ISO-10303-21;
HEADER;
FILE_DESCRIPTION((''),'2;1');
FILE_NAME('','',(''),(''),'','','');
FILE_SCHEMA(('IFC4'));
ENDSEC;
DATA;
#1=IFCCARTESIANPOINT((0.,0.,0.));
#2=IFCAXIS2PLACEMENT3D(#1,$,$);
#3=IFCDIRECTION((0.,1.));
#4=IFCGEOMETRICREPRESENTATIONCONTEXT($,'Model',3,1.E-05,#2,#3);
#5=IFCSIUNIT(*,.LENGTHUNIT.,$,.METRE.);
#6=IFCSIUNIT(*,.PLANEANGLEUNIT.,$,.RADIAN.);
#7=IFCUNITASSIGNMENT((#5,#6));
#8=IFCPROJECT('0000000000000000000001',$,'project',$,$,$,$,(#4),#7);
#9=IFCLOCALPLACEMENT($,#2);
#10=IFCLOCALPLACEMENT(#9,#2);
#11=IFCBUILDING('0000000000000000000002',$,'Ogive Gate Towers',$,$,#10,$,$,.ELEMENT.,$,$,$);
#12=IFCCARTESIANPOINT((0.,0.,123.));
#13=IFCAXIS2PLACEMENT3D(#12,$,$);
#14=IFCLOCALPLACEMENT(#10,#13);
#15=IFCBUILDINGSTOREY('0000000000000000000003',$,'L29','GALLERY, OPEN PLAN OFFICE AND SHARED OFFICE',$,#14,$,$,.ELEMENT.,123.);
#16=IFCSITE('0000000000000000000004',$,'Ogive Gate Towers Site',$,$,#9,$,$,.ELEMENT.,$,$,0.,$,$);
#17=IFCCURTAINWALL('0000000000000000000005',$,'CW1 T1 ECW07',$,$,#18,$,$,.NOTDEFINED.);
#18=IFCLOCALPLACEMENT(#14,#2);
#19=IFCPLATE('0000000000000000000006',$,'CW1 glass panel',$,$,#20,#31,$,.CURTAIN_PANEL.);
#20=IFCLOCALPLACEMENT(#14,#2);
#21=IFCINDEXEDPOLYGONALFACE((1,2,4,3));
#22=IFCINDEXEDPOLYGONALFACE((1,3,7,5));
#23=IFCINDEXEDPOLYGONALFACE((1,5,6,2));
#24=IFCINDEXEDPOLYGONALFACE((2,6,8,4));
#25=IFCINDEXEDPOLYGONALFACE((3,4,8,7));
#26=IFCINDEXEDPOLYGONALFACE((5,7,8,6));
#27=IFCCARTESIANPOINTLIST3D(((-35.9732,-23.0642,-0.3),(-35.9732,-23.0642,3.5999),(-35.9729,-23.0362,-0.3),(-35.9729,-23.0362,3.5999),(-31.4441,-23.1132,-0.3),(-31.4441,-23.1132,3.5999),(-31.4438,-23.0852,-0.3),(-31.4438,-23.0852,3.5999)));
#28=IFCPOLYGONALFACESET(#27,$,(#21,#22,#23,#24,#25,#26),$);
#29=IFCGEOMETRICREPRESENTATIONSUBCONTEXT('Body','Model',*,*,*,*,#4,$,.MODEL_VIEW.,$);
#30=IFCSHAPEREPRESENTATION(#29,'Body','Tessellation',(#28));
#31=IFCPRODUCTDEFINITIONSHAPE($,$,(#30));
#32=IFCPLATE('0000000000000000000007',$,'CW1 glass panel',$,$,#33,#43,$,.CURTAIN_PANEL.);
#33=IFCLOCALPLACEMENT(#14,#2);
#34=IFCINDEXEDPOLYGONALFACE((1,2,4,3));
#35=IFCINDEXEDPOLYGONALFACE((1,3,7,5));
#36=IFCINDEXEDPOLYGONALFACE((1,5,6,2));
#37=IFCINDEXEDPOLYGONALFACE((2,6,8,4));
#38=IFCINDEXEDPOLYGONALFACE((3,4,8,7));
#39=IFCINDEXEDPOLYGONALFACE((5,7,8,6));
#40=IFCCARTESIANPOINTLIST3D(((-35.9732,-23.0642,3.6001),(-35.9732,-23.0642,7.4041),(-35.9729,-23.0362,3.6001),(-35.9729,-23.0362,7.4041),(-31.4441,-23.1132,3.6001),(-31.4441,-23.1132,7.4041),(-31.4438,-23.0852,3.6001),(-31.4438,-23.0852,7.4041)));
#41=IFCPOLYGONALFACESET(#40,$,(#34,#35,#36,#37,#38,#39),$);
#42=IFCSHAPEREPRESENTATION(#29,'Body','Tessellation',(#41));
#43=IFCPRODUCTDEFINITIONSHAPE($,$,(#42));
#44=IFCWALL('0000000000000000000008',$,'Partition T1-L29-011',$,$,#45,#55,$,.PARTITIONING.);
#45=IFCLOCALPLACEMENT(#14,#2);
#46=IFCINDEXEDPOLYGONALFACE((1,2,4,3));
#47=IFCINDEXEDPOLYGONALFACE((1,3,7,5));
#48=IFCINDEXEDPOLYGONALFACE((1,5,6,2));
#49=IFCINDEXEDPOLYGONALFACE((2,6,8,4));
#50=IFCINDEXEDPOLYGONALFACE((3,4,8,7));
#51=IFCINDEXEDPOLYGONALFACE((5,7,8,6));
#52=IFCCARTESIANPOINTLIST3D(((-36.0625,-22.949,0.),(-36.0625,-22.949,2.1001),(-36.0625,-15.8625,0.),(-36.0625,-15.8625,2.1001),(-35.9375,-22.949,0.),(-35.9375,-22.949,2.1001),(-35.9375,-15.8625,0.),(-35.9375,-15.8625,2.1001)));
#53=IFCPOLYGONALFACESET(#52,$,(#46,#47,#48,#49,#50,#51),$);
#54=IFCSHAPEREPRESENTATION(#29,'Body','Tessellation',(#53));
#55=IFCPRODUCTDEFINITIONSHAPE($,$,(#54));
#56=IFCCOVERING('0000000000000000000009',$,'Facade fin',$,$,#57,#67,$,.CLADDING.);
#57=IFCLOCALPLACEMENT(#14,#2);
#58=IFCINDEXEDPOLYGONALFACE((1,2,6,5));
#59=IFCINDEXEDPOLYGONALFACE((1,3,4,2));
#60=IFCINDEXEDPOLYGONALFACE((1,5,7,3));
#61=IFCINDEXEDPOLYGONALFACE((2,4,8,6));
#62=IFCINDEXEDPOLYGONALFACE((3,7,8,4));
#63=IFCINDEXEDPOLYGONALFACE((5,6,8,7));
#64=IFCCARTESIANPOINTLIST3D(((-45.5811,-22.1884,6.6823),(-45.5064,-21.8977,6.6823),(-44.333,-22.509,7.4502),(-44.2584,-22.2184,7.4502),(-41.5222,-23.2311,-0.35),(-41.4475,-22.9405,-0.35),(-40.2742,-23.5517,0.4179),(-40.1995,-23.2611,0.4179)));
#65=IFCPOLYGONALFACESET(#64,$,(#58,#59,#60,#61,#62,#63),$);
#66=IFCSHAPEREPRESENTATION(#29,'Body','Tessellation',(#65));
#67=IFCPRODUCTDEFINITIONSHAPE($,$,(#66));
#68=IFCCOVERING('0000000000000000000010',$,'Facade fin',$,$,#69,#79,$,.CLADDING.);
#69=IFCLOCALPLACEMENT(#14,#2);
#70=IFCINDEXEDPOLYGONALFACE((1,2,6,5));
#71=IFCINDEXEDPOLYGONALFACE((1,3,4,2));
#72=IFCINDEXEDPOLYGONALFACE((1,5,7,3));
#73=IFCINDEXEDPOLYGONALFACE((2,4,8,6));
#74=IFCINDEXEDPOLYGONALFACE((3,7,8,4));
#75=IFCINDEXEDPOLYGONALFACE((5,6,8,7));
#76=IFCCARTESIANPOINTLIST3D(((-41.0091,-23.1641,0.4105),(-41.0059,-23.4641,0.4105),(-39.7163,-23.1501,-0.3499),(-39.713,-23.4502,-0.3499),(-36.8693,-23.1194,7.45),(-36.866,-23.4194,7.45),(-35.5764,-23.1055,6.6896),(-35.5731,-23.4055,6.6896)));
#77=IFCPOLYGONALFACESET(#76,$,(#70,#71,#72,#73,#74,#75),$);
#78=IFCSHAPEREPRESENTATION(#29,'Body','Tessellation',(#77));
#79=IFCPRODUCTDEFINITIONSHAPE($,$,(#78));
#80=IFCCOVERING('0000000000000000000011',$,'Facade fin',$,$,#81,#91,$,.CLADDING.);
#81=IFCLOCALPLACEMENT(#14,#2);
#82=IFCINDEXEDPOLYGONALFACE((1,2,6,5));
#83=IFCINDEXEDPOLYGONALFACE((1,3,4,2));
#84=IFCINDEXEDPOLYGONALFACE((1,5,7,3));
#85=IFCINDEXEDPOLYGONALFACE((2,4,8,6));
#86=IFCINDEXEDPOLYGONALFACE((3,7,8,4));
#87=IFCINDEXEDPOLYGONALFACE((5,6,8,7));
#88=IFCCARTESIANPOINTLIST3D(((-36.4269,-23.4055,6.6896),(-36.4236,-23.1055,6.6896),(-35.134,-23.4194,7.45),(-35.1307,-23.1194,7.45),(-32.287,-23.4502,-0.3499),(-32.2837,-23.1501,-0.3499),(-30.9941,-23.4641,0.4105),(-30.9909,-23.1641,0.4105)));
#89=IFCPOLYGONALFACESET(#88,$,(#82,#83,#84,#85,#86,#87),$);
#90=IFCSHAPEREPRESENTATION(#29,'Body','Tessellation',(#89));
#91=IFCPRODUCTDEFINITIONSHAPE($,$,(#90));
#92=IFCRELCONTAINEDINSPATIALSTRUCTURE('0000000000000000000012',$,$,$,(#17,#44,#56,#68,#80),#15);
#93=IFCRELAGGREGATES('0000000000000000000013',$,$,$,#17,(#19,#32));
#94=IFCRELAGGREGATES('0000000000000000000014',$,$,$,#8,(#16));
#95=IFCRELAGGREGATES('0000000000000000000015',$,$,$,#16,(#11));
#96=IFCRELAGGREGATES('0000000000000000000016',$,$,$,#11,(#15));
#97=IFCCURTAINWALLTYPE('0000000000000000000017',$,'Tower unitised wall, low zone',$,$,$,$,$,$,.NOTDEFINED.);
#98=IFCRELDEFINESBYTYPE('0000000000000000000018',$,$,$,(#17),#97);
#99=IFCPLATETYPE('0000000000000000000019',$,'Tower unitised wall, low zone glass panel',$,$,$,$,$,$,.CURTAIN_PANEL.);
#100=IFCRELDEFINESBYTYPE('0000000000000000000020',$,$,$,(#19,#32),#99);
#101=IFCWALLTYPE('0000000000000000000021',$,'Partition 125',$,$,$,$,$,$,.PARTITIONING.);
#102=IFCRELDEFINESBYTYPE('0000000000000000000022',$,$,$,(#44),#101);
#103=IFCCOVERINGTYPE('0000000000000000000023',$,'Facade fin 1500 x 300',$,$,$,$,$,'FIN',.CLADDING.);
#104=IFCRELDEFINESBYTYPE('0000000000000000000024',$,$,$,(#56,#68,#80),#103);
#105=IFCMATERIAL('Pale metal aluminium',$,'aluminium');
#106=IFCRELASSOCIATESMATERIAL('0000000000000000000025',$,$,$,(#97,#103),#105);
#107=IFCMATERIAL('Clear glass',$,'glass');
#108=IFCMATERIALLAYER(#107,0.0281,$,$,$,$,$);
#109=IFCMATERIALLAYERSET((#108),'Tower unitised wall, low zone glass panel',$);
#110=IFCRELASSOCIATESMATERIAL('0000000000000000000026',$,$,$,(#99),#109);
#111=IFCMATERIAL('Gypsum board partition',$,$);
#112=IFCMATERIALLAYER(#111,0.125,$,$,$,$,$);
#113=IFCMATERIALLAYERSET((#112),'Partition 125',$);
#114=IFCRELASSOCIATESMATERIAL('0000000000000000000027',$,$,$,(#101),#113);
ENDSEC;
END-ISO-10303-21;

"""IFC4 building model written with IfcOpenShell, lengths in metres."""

from ifc_helpers import new_model, si_unit, direction, frame, frame_2d, origin, origin_2d, place, context, subcontext, project, spatial, rectangle, extrude, material, layer, layer_set, material_profile, profile_set, type_object, element, aggregate, save


model = new_model("IFC4")

# Units and contexts
model_context = context("Model", 3, precision=1e-05, world=origin(), true_north=direction((0.0, 1.0)))
body_context = subcontext(model_context, "Body", "Model", "MODEL_VIEW")
ifc_project = project(units=[si_unit("LENGTHUNIT", "METRE"), si_unit("PLANEANGLEUNIT", "RADIAN")], contexts=[model_context])

# Site, building, storey
site_placement = place(None, origin())
site = spatial("IfcSite", under=ifc_project, at=site_placement, Name="Ogive Gate Towers Site", CompositionType="ELEMENT", RefElevation=0.0)
building_placement = place(site_placement, origin())
building = spatial("IfcBuilding", under=site, at=building_placement, Name="Ogive Gate Towers", CompositionType="ELEMENT")
storey_placement = place(building_placement, frame((0.0, 0.0, 123.0)))
storey = spatial("IfcBuildingStorey", under=building, at=storey_placement, Name="L29", Description="GALLERY, OPEN PLAN OFFICE AND SHARED OFFICE", CompositionType="ELEMENT", Elevation=123.0)

# Shared definitions
ifc_material_1 = material(Name="Pale metal aluminium", Category="aluminium")
curtain_wall_type = type_object("IfcCurtainWallType", Name="Tower unitised wall, low zone", PredefinedType="NOTDEFINED", material=ifc_material_1)

# Curtain wall
curtain_wall_1_placement = place(storey_placement, origin())
curtain_wall_1 = element("IfcCurtainWall", 1, at=curtain_wall_1_placement, inside=storey, type_object=curtain_wall_type, Name="CW1 T1 ECW07", PredefinedType="NOTDEFINED")

# Plates
ifc_material_2 = material(Name="Clear glass", Category="glass")
ifc_layer_1 = layer(ifc_material_2, 0.0281)
ifc_layer_set_1 = layer_set([ifc_layer_1], Name="Tower unitised wall, low zone glass panel")
plate_type = type_object("IfcPlateType", Name="Tower unitised wall, low zone glass panel", PredefinedType="CURTAIN_PANEL", material=ifc_layer_set_1)
plate_1_placement = place(storey_placement, frame((-33.7085, -23.0747, -0.3), z_axis=(0.0, 0.0, 1.0), x_axis=(0.999941, -0.010821, 0.0)))
plate_1 = element("IfcPlate", 2, at=plate_1_placement, type_object=plate_type, Name="CW1 glass panel", PredefinedType="CURTAIN_PANEL", context=body_context, shape_type="SweptSolid", body=[
    extrude(rectangle(XDim=4.5293, YDim=0.0281, at=origin_2d()), origin(), (0.0, 0.0, 1.0), 3.8999),
])
plate_2_placement = place(storey_placement, frame((-33.7085, -23.0747, 3.6001), z_axis=(0.0, 0.0, 1.0), x_axis=(0.999941, -0.010821, 0.0)))
plate_2 = element("IfcPlate", 3, at=plate_2_placement, type_object=plate_type, Name="CW1 glass panel", PredefinedType="CURTAIN_PANEL", context=body_context, shape_type="SweptSolid", body=[
    extrude(rectangle(XDim=4.5293, YDim=0.0281, at=origin_2d()), origin(), (0.0, 0.0, 1.0), 3.804),
])
aggregate(curtain_wall_1, [plate_1, plate_2])

# Wall
ifc_material_3 = material(Name="Gypsum board partition")
ifc_layer_2 = layer(ifc_material_3, 0.125)
ifc_layer_set_2 = layer_set([ifc_layer_2], Name="Partition 125")
wall_type = type_object("IfcWallType", Name="Partition 125", PredefinedType="PARTITIONING", material=ifc_layer_set_2)
wall_placement = place(storey_placement, frame((-36.0, -22.949, 0.0), z_axis=(0.0, 0.0, 1.0), x_axis=(0.0, 1.0, 0.0)))
element("IfcWall", 4, at=wall_placement, inside=storey, type_object=wall_type, Name="Partition T1-L29-011", PredefinedType="PARTITIONING", context=body_context, shape_type="SweptSolid", body=[
    extrude(rectangle(XDim=7.0864, YDim=0.125, at=frame_2d((3.5432, 0.0))), origin(), (0.0, 0.0, 1.0), 2.1001),
])

# Coverings
ifc_material_profile_1 = material_profile(ifc_material_1, rectangle(XDim=0.3, YDim=1.5, at=origin_2d()), Name="1500 x 300 pale metal aluminium")
ifc_profile_set_1 = profile_set([ifc_material_profile_1], Name="Pale metal aluminium")
covering_type = type_object("IfcCoveringType", Name="Facade fin 1500 x 300", ElementType="FIN", PredefinedType="CLADDING", material=ifc_profile_set_1)
covering_placement = place(storey_placement, frame((-40.8608, -23.2461, 0.0339), z_axis=(-0.495815, 0.127376, 0.859036), x_axis=(-0.248822, -0.968549, 0.0)))
element("IfcCovering", 5, at=covering_placement, inside=storey, type_object=covering_type, Name="Facade fin", PredefinedType="CLADDING", context=body_context, shape_type="SweptSolid", body=[
    extrude(rectangle(XDim=0.3, YDim=1.5, at=origin_2d()), origin(), (0.0, 0.0, 1.0), 8.1863),
])
for number, where, z_axis, x_axis, name in (
    (6, (-40.3611, -23.3071, 0.0303), (0.50692, 0.005471, 0.861976), (-0.010791, 0.999942, 0.0), "Facade fin"),
    (7, (-31.6389, -23.3071, 0.0303), (-0.50692, 0.005471, 0.861976), (-0.010791, -0.999942, 0.0), "Facade fin"),
):
    element("IfcCovering", number, at=place(storey_placement, frame(where, z_axis=z_axis, x_axis=x_axis)), inside=storey, type_object=covering_type, Name=name, PredefinedType="CLADDING", context=body_context, shape_type="SweptSolid", body=[
        extrude(rectangle(XDim=0.3, YDim=1.5, at=origin_2d()), origin(), (0.0, 0.0, 1.0), 8.1667),
    ])

save(model, "model.ifc")
